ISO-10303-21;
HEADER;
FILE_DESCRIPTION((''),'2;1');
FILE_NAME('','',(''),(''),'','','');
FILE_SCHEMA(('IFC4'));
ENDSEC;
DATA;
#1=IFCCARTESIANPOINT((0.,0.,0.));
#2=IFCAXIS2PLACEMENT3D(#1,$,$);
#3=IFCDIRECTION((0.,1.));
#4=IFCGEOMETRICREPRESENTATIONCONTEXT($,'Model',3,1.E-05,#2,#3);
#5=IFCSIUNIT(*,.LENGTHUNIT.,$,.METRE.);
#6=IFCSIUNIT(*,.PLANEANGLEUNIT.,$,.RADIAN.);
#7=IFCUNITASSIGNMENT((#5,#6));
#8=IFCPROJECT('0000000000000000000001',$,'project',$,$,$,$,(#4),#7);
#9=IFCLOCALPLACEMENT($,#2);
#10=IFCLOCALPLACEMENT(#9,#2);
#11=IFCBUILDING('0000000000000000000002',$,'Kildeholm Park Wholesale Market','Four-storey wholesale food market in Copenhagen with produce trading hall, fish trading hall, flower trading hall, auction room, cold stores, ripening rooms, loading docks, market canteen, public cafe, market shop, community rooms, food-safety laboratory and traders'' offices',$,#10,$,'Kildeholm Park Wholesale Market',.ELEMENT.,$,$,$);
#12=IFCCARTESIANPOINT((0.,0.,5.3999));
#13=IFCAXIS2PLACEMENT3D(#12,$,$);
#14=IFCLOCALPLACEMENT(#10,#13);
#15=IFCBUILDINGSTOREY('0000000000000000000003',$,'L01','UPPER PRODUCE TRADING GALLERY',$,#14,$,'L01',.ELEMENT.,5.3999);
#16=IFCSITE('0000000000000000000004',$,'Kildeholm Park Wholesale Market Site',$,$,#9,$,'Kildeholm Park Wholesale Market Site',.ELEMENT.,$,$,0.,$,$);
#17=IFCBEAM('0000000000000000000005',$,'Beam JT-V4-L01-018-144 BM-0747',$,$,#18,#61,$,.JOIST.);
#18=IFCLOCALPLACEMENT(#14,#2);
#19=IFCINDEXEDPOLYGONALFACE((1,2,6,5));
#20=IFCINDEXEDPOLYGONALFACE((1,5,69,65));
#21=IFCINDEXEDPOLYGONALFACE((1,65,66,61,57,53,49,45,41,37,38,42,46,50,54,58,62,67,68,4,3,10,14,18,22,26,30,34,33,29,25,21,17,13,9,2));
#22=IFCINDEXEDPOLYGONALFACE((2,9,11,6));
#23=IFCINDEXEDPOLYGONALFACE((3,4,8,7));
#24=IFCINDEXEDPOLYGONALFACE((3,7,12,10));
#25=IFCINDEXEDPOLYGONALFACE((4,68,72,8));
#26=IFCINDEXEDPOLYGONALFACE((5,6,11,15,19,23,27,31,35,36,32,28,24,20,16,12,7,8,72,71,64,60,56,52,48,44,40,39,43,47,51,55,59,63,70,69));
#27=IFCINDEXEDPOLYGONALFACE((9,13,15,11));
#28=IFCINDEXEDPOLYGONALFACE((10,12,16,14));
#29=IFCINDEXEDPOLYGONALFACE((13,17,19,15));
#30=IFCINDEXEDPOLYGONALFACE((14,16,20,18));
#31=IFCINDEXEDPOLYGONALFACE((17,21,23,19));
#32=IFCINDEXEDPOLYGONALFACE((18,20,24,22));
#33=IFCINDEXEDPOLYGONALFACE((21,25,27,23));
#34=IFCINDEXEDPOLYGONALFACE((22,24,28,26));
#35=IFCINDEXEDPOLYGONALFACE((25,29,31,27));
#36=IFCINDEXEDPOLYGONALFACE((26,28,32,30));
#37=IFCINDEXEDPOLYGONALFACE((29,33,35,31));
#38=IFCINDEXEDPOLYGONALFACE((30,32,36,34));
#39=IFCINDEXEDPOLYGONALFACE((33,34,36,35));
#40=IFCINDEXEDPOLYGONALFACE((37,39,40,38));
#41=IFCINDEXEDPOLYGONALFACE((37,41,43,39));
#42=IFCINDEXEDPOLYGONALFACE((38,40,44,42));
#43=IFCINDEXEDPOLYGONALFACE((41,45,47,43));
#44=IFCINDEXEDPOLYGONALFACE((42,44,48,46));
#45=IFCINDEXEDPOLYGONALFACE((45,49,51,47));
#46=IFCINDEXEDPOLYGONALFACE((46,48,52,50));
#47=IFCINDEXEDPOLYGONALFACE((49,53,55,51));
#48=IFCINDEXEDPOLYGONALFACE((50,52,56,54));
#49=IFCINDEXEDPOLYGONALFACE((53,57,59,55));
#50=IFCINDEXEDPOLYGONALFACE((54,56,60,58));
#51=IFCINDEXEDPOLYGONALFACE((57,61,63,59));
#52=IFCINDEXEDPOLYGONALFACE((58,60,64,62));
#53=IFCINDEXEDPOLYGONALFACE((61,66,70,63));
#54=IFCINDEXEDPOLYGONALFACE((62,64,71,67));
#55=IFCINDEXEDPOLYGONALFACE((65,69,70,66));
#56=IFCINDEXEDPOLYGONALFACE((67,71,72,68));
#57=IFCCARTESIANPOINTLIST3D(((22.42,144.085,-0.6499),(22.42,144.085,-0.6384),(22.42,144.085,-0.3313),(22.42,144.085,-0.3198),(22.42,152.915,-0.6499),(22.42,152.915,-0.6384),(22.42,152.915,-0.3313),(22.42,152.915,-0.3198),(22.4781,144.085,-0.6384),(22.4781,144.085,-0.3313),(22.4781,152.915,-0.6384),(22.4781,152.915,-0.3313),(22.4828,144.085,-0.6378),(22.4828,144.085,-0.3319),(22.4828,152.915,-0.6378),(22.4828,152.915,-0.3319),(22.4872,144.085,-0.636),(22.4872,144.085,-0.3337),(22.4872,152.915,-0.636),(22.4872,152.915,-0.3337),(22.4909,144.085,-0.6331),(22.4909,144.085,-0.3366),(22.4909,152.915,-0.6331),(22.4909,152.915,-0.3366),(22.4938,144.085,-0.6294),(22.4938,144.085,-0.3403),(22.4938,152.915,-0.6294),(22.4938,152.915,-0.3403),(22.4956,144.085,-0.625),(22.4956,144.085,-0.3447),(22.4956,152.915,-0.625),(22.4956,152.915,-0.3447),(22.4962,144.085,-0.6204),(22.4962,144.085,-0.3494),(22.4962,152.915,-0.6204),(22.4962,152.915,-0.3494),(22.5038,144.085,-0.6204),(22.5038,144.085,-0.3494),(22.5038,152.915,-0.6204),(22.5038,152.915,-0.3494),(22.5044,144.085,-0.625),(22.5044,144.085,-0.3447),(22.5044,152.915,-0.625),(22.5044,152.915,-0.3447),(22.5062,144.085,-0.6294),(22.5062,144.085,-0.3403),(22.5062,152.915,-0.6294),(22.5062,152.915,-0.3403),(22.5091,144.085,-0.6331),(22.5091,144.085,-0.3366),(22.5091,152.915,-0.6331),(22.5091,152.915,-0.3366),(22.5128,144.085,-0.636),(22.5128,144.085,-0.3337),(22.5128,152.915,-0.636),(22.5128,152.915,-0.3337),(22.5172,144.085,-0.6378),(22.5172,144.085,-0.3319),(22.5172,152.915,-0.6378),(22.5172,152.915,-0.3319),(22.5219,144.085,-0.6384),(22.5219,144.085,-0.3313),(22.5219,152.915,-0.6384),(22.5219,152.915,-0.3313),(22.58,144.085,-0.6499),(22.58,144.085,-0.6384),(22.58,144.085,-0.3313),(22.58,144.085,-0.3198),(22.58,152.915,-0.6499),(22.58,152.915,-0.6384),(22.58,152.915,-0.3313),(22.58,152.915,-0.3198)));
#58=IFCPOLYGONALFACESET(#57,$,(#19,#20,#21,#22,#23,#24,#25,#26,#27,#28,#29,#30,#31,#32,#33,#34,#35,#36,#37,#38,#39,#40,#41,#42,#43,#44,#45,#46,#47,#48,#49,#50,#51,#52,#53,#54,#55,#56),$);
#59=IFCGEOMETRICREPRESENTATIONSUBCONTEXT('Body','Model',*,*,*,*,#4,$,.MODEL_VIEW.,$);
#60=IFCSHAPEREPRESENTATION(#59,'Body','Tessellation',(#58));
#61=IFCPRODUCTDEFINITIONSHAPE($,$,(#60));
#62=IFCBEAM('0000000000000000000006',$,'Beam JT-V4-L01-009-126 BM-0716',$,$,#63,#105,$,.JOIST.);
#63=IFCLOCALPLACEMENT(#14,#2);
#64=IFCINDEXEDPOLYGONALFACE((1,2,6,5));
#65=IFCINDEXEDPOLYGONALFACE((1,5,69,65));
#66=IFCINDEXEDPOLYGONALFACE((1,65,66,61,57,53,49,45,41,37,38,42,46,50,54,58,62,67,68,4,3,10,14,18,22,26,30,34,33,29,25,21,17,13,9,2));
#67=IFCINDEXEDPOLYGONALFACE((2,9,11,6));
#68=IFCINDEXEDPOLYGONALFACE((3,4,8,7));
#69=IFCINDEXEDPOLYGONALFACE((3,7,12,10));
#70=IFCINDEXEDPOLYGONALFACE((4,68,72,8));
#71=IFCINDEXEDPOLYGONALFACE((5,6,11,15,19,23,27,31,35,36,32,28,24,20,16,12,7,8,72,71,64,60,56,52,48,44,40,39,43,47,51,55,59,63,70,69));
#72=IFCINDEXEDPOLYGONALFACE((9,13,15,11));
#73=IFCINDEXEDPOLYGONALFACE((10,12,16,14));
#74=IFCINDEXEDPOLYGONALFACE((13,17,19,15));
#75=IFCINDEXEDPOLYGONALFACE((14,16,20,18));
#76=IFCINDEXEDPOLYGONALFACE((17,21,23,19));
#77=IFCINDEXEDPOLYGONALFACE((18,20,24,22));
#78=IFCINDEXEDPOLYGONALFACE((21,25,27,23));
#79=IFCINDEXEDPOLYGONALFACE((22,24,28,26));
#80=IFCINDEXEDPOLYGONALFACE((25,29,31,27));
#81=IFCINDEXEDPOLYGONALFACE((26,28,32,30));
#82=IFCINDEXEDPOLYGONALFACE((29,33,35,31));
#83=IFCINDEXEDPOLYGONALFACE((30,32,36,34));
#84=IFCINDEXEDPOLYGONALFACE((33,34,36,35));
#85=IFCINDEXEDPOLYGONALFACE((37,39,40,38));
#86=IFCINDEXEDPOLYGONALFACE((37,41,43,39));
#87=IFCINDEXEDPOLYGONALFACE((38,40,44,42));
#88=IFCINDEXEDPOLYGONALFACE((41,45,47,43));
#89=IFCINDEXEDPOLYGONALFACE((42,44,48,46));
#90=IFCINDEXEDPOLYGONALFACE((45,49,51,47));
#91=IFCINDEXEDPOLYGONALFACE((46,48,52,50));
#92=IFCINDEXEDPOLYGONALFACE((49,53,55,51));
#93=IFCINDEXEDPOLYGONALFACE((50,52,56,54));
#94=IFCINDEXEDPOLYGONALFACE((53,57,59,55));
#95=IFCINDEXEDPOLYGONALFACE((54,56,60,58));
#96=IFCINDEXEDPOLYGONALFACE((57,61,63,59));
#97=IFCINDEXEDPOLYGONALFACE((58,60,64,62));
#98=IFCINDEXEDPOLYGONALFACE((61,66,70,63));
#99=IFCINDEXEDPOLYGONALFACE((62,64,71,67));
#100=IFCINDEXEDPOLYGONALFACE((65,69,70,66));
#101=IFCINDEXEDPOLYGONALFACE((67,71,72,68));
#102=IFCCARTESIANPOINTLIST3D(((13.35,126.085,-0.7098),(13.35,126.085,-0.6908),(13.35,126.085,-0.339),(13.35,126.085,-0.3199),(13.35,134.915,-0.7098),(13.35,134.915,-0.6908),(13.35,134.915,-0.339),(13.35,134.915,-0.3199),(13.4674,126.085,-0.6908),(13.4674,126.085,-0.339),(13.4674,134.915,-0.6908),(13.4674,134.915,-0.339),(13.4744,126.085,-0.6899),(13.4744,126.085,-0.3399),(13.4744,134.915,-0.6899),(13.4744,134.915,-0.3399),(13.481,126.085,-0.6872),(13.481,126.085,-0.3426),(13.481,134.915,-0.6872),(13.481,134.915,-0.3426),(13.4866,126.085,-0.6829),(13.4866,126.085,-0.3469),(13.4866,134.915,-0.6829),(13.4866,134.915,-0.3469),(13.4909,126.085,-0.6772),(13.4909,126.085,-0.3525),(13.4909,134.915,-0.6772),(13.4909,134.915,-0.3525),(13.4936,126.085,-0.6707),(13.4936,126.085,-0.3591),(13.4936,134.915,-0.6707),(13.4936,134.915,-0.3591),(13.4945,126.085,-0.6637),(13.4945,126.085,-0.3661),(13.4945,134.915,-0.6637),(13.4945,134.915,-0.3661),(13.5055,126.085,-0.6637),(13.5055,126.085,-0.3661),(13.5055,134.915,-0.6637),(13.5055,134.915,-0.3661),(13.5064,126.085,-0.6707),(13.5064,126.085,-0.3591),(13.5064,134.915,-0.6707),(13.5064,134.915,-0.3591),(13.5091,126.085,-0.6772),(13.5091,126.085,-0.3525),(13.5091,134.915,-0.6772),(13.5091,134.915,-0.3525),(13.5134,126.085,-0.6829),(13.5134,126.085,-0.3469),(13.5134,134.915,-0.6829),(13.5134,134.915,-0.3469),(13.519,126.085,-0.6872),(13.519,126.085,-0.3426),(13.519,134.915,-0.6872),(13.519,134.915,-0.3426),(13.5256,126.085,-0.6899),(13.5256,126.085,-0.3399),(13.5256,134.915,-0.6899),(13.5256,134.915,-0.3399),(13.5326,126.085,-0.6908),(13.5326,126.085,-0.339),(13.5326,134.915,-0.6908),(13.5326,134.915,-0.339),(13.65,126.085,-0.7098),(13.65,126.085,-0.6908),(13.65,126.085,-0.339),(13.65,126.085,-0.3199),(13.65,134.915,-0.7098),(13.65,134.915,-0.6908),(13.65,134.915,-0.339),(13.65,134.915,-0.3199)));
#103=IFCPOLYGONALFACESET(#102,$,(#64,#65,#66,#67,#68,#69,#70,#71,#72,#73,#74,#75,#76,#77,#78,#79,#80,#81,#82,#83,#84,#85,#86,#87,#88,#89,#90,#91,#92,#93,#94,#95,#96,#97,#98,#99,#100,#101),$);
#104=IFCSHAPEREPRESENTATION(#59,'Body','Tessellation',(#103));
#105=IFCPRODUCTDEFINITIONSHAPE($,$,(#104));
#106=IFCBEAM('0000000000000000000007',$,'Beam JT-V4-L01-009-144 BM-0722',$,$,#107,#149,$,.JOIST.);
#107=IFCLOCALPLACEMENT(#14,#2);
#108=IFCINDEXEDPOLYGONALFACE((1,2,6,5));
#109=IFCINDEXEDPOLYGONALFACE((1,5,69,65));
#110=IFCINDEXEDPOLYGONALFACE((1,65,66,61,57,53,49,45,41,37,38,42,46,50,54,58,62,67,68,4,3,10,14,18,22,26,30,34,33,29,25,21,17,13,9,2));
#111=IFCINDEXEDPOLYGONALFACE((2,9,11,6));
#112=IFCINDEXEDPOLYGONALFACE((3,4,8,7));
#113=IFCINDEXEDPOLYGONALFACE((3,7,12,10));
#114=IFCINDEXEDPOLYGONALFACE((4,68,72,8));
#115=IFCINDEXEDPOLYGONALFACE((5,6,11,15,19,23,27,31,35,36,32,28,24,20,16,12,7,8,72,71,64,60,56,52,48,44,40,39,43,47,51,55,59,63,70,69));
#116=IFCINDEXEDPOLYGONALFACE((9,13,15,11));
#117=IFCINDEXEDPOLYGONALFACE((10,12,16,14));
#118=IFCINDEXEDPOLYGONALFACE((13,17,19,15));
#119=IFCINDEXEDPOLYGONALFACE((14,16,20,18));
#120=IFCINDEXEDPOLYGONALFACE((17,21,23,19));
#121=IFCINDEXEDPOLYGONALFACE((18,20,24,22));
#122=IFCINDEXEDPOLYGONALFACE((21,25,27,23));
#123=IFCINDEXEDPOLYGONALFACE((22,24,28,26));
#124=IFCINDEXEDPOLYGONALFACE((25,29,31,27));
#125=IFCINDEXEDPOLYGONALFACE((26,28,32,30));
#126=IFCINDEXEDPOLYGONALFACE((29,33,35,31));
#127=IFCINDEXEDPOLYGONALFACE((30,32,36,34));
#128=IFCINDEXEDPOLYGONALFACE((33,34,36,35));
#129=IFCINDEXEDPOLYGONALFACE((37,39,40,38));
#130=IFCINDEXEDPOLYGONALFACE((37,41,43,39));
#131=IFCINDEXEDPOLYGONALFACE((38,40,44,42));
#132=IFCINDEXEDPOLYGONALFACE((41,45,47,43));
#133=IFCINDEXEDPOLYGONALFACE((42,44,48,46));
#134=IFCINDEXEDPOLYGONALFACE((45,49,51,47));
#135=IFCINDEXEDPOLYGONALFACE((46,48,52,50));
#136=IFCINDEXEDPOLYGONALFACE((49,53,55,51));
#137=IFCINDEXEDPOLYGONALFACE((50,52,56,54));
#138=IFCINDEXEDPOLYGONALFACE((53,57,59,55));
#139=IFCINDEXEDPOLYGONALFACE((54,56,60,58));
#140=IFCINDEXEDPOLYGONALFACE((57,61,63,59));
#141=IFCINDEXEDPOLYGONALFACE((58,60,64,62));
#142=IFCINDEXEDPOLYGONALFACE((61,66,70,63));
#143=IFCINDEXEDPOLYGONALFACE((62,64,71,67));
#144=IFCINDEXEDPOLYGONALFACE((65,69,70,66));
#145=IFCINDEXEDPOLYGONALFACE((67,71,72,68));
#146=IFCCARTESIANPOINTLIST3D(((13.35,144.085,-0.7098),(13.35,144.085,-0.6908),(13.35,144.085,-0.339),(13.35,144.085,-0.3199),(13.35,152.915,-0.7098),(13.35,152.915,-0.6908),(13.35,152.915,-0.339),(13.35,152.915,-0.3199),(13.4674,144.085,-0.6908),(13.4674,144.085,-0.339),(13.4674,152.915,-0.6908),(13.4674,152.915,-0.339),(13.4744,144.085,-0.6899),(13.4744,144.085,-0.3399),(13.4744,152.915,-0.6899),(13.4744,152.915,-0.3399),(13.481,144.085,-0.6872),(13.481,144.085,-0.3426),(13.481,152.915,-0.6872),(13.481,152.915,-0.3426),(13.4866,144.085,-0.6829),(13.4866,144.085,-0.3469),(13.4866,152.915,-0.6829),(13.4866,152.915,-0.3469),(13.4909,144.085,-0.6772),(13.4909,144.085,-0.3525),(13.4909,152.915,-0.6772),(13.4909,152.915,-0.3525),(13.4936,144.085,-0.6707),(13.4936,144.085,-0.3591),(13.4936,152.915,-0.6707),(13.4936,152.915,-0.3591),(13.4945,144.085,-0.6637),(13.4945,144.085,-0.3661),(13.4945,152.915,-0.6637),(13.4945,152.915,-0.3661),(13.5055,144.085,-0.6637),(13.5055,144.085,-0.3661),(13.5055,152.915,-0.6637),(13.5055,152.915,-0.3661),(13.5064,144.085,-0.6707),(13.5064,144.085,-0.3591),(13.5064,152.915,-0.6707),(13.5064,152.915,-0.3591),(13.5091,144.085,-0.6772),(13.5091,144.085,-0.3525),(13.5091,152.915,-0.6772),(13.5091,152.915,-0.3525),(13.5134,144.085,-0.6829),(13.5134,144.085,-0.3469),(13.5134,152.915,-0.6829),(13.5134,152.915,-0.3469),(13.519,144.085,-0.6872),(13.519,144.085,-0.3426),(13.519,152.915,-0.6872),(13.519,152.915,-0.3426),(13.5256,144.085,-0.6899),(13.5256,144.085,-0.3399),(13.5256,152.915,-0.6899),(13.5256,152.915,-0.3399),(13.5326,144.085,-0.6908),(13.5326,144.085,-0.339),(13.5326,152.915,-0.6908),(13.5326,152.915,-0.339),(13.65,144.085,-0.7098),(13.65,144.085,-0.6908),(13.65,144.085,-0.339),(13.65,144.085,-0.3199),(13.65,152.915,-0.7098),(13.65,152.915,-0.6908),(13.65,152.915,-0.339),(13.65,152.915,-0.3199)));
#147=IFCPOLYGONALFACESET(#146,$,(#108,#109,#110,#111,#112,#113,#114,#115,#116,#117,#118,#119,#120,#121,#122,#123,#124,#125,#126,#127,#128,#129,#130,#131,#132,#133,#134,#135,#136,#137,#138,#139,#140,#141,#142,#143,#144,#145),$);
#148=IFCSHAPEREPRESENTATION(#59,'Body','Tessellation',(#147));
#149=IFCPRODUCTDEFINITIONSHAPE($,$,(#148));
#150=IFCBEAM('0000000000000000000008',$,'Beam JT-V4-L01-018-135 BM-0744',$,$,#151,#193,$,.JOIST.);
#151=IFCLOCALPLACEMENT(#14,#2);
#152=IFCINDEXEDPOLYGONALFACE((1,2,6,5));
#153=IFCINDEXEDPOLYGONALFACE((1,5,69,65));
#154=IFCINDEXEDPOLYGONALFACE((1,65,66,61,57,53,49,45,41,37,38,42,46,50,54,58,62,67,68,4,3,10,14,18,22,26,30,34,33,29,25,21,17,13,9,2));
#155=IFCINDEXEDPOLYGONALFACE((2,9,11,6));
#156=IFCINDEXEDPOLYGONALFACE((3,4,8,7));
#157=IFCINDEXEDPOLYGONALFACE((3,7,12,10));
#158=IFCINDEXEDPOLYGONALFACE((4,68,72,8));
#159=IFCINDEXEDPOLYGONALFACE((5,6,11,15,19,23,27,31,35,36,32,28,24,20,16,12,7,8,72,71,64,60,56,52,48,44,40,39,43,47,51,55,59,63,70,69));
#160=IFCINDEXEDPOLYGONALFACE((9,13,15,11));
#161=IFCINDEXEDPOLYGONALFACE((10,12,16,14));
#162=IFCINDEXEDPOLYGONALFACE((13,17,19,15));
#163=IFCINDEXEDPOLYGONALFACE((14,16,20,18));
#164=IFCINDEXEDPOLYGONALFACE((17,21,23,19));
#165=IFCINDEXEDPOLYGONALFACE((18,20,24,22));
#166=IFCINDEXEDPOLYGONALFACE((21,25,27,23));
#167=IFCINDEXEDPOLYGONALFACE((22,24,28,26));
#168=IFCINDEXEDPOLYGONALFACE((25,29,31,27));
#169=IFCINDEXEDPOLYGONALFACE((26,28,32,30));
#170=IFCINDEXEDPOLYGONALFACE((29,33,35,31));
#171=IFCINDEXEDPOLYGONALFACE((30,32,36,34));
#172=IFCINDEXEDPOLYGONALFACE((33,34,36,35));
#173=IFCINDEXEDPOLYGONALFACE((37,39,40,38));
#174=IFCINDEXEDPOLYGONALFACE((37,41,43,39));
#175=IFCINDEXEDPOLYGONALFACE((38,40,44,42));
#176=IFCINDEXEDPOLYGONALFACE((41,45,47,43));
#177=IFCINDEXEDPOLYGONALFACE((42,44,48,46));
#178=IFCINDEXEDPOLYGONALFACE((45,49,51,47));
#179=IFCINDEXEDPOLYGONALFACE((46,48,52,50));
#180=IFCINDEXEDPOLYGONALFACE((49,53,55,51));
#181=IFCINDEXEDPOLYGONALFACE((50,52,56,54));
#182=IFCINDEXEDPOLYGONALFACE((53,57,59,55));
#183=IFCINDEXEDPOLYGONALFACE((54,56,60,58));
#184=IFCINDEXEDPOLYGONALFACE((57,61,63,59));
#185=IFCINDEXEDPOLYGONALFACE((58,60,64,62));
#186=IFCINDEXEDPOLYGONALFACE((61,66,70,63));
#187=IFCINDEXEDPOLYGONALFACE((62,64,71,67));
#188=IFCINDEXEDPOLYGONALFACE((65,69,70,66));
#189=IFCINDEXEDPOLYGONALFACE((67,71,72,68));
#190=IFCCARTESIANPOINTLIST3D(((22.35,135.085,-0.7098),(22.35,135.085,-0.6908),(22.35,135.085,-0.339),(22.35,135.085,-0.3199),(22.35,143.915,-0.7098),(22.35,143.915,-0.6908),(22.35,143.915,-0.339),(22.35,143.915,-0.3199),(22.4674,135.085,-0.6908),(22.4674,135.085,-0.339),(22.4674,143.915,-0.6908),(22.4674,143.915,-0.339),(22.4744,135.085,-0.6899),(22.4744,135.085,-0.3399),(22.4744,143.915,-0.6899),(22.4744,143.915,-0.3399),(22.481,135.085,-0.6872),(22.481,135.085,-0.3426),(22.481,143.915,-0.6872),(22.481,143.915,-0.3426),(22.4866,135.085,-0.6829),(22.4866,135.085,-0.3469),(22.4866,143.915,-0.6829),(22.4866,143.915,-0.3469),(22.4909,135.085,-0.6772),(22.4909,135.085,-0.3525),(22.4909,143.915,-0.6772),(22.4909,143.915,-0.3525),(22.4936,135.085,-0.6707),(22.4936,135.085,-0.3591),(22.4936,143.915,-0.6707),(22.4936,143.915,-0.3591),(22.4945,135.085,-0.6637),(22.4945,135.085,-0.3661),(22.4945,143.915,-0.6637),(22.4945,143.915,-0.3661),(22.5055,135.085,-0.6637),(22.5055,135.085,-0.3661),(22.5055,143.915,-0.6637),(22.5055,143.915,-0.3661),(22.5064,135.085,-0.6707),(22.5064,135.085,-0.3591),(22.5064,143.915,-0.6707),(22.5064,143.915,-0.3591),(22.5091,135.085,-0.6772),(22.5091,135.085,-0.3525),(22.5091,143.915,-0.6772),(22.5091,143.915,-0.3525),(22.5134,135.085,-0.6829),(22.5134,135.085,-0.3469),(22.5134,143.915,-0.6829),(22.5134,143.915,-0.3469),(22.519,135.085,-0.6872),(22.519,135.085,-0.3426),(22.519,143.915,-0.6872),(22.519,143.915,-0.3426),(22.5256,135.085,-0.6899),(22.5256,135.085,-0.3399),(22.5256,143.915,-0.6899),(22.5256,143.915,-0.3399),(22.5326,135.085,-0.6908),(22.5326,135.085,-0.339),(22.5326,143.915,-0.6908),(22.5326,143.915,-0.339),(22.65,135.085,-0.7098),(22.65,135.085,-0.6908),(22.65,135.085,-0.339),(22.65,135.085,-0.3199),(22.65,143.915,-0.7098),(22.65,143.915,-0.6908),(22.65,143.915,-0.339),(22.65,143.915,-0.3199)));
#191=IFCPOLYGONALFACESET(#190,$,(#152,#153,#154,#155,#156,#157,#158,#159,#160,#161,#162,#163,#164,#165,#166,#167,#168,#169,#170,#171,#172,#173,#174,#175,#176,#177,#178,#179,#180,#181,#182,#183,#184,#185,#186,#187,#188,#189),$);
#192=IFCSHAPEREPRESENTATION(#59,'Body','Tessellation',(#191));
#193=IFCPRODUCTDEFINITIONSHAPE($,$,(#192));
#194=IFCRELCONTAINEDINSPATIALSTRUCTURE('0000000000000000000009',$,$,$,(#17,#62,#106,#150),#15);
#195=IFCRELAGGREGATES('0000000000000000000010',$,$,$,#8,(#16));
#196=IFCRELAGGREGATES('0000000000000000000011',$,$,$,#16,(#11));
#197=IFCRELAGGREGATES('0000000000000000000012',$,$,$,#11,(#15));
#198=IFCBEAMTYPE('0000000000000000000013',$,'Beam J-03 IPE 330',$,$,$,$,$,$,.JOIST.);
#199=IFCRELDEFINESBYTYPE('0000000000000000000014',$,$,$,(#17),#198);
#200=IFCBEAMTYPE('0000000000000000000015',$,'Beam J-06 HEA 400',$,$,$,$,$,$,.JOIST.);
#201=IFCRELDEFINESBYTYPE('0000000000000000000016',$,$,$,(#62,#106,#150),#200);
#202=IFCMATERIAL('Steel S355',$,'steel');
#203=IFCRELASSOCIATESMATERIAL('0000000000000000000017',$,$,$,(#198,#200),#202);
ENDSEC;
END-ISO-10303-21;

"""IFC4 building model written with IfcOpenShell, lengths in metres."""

from ifc_helpers import new_model, si_unit, direction, frame, origin, origin_2d, place, context, subcontext, project, spatial, i_section, extrude, material, material_profile, profile_set, type_object, element, save


model = new_model("IFC4")

# Units and contexts
model_context = context("Model", 3, precision=1e-05, world=origin(), true_north=direction((0.0, 1.0)))
body_context = subcontext(model_context, "Body", "Model", "MODEL_VIEW")
ifc_project = project(units=[si_unit("LENGTHUNIT", "METRE"), si_unit("PLANEANGLEUNIT", "RADIAN")], contexts=[model_context])

# Site, building, storey
site_placement = place(None, origin())
site = spatial("IfcSite", under=ifc_project, at=site_placement, Name="Kildeholm Park Wholesale Market Site", LongName="Kildeholm Park Wholesale Market Site", CompositionType="ELEMENT", RefElevation=0.0)
building_placement = place(site_placement, origin())
building = spatial("IfcBuilding", under=site, at=building_placement, Name="Kildeholm Park Wholesale Market", Description="Four-storey wholesale food market in Copenhagen with produce trading hall, fish trading hall, flower trading hall, auction room, cold stores, ripening rooms, loading docks, market canteen, public cafe, market shop, community rooms, food-safety laboratory and traders' offices", LongName="Kildeholm Park Wholesale Market", CompositionType="ELEMENT")
storey_placement = place(building_placement, frame((0.0, 0.0, 5.3999)))
storey = spatial("IfcBuildingStorey", under=building, at=storey_placement, Name="L01", Description="UPPER PRODUCE TRADING GALLERY", LongName="L01", CompositionType="ELEMENT", Elevation=5.3999)

# Beams
ifc_material_1 = material(Name="Steel S355", Category="steel")
ifc_material_profile_1 = material_profile(ifc_material_1, i_section(OverallWidth=0.1599, OverallDepth=0.3301, WebThickness=0.0076, FlangeThickness=0.0115, FilletRadius=0.0181, at=origin_2d()), Name="IPE 330")
ifc_profile_set_1 = profile_set([ifc_material_profile_1], Name="Steel S355")
beam_type_1 = type_object("IfcBeamType", Name="Beam J-03 IPE 330", PredefinedType="JOIST", material=ifc_profile_set_1)
for number, where, z_axis, x_axis, name in (
    (1, (22.5, 144.085, -0.4849), (0.0, 1.0, 0.0), (-1.0, 0.0, 0.0), "Beam JT-V4-L01-018-144 BM-0747"),
):
    element("IfcBeam", number, at=place(storey_placement, frame(where, z_axis=z_axis, x_axis=x_axis)), inside=storey, type_object=beam_type_1, Name=name, PredefinedType="JOIST", context=body_context, shape_type="SweptSolid", body=[
        extrude(i_section(OverallWidth=0.1599, OverallDepth=0.3301, WebThickness=0.0076, FlangeThickness=0.0115, FilletRadius=0.0181, at=origin_2d()), origin(), (0.0, 0.0, 1.0), 8.8301),
    ])
ifc_material_profile_2 = material_profile(ifc_material_1, i_section(OverallWidth=0.3, OverallDepth=0.3899, WebThickness=0.011, FlangeThickness=0.019, FilletRadius=0.0271, at=origin_2d()), Name="HEA 400")
ifc_profile_set_2 = profile_set([ifc_material_profile_2], Name="Steel S355")
beam_type_2 = type_object("IfcBeamType", Name="Beam J-06 HEA 400", PredefinedType="JOIST", material=ifc_profile_set_2)
for number, where, z_axis, x_axis, name in (
    (2, (13.5, 126.085, -0.5149), (0.0, 1.0, 0.0), (-1.0, 0.0, 0.0), "Beam JT-V4-L01-009-126 BM-0716"),
    (3, (13.5, 144.085, -0.5149), (0.0, 1.0, 0.0), (-1.0, 0.0, 0.0), "Beam JT-V4-L01-009-144 BM-0722"),
    (4, (22.5, 135.085, -0.5149), (0.0, 1.0, 0.0), (-1.0, 0.0, 0.0), "Beam JT-V4-L01-018-135 BM-0744"),
):
    element("IfcBeam", number, at=place(storey_placement, frame(where, z_axis=z_axis, x_axis=x_axis)), inside=storey, type_object=beam_type_2, Name=name, PredefinedType="JOIST", context=body_context, shape_type="SweptSolid", body=[
        extrude(i_section(OverallWidth=0.3, OverallDepth=0.3899, WebThickness=0.011, FlangeThickness=0.019, FilletRadius=0.0271, at=origin_2d()), origin(), (0.0, 0.0, 1.0), 8.8301),
    ])

save(model, "model.ifc")
